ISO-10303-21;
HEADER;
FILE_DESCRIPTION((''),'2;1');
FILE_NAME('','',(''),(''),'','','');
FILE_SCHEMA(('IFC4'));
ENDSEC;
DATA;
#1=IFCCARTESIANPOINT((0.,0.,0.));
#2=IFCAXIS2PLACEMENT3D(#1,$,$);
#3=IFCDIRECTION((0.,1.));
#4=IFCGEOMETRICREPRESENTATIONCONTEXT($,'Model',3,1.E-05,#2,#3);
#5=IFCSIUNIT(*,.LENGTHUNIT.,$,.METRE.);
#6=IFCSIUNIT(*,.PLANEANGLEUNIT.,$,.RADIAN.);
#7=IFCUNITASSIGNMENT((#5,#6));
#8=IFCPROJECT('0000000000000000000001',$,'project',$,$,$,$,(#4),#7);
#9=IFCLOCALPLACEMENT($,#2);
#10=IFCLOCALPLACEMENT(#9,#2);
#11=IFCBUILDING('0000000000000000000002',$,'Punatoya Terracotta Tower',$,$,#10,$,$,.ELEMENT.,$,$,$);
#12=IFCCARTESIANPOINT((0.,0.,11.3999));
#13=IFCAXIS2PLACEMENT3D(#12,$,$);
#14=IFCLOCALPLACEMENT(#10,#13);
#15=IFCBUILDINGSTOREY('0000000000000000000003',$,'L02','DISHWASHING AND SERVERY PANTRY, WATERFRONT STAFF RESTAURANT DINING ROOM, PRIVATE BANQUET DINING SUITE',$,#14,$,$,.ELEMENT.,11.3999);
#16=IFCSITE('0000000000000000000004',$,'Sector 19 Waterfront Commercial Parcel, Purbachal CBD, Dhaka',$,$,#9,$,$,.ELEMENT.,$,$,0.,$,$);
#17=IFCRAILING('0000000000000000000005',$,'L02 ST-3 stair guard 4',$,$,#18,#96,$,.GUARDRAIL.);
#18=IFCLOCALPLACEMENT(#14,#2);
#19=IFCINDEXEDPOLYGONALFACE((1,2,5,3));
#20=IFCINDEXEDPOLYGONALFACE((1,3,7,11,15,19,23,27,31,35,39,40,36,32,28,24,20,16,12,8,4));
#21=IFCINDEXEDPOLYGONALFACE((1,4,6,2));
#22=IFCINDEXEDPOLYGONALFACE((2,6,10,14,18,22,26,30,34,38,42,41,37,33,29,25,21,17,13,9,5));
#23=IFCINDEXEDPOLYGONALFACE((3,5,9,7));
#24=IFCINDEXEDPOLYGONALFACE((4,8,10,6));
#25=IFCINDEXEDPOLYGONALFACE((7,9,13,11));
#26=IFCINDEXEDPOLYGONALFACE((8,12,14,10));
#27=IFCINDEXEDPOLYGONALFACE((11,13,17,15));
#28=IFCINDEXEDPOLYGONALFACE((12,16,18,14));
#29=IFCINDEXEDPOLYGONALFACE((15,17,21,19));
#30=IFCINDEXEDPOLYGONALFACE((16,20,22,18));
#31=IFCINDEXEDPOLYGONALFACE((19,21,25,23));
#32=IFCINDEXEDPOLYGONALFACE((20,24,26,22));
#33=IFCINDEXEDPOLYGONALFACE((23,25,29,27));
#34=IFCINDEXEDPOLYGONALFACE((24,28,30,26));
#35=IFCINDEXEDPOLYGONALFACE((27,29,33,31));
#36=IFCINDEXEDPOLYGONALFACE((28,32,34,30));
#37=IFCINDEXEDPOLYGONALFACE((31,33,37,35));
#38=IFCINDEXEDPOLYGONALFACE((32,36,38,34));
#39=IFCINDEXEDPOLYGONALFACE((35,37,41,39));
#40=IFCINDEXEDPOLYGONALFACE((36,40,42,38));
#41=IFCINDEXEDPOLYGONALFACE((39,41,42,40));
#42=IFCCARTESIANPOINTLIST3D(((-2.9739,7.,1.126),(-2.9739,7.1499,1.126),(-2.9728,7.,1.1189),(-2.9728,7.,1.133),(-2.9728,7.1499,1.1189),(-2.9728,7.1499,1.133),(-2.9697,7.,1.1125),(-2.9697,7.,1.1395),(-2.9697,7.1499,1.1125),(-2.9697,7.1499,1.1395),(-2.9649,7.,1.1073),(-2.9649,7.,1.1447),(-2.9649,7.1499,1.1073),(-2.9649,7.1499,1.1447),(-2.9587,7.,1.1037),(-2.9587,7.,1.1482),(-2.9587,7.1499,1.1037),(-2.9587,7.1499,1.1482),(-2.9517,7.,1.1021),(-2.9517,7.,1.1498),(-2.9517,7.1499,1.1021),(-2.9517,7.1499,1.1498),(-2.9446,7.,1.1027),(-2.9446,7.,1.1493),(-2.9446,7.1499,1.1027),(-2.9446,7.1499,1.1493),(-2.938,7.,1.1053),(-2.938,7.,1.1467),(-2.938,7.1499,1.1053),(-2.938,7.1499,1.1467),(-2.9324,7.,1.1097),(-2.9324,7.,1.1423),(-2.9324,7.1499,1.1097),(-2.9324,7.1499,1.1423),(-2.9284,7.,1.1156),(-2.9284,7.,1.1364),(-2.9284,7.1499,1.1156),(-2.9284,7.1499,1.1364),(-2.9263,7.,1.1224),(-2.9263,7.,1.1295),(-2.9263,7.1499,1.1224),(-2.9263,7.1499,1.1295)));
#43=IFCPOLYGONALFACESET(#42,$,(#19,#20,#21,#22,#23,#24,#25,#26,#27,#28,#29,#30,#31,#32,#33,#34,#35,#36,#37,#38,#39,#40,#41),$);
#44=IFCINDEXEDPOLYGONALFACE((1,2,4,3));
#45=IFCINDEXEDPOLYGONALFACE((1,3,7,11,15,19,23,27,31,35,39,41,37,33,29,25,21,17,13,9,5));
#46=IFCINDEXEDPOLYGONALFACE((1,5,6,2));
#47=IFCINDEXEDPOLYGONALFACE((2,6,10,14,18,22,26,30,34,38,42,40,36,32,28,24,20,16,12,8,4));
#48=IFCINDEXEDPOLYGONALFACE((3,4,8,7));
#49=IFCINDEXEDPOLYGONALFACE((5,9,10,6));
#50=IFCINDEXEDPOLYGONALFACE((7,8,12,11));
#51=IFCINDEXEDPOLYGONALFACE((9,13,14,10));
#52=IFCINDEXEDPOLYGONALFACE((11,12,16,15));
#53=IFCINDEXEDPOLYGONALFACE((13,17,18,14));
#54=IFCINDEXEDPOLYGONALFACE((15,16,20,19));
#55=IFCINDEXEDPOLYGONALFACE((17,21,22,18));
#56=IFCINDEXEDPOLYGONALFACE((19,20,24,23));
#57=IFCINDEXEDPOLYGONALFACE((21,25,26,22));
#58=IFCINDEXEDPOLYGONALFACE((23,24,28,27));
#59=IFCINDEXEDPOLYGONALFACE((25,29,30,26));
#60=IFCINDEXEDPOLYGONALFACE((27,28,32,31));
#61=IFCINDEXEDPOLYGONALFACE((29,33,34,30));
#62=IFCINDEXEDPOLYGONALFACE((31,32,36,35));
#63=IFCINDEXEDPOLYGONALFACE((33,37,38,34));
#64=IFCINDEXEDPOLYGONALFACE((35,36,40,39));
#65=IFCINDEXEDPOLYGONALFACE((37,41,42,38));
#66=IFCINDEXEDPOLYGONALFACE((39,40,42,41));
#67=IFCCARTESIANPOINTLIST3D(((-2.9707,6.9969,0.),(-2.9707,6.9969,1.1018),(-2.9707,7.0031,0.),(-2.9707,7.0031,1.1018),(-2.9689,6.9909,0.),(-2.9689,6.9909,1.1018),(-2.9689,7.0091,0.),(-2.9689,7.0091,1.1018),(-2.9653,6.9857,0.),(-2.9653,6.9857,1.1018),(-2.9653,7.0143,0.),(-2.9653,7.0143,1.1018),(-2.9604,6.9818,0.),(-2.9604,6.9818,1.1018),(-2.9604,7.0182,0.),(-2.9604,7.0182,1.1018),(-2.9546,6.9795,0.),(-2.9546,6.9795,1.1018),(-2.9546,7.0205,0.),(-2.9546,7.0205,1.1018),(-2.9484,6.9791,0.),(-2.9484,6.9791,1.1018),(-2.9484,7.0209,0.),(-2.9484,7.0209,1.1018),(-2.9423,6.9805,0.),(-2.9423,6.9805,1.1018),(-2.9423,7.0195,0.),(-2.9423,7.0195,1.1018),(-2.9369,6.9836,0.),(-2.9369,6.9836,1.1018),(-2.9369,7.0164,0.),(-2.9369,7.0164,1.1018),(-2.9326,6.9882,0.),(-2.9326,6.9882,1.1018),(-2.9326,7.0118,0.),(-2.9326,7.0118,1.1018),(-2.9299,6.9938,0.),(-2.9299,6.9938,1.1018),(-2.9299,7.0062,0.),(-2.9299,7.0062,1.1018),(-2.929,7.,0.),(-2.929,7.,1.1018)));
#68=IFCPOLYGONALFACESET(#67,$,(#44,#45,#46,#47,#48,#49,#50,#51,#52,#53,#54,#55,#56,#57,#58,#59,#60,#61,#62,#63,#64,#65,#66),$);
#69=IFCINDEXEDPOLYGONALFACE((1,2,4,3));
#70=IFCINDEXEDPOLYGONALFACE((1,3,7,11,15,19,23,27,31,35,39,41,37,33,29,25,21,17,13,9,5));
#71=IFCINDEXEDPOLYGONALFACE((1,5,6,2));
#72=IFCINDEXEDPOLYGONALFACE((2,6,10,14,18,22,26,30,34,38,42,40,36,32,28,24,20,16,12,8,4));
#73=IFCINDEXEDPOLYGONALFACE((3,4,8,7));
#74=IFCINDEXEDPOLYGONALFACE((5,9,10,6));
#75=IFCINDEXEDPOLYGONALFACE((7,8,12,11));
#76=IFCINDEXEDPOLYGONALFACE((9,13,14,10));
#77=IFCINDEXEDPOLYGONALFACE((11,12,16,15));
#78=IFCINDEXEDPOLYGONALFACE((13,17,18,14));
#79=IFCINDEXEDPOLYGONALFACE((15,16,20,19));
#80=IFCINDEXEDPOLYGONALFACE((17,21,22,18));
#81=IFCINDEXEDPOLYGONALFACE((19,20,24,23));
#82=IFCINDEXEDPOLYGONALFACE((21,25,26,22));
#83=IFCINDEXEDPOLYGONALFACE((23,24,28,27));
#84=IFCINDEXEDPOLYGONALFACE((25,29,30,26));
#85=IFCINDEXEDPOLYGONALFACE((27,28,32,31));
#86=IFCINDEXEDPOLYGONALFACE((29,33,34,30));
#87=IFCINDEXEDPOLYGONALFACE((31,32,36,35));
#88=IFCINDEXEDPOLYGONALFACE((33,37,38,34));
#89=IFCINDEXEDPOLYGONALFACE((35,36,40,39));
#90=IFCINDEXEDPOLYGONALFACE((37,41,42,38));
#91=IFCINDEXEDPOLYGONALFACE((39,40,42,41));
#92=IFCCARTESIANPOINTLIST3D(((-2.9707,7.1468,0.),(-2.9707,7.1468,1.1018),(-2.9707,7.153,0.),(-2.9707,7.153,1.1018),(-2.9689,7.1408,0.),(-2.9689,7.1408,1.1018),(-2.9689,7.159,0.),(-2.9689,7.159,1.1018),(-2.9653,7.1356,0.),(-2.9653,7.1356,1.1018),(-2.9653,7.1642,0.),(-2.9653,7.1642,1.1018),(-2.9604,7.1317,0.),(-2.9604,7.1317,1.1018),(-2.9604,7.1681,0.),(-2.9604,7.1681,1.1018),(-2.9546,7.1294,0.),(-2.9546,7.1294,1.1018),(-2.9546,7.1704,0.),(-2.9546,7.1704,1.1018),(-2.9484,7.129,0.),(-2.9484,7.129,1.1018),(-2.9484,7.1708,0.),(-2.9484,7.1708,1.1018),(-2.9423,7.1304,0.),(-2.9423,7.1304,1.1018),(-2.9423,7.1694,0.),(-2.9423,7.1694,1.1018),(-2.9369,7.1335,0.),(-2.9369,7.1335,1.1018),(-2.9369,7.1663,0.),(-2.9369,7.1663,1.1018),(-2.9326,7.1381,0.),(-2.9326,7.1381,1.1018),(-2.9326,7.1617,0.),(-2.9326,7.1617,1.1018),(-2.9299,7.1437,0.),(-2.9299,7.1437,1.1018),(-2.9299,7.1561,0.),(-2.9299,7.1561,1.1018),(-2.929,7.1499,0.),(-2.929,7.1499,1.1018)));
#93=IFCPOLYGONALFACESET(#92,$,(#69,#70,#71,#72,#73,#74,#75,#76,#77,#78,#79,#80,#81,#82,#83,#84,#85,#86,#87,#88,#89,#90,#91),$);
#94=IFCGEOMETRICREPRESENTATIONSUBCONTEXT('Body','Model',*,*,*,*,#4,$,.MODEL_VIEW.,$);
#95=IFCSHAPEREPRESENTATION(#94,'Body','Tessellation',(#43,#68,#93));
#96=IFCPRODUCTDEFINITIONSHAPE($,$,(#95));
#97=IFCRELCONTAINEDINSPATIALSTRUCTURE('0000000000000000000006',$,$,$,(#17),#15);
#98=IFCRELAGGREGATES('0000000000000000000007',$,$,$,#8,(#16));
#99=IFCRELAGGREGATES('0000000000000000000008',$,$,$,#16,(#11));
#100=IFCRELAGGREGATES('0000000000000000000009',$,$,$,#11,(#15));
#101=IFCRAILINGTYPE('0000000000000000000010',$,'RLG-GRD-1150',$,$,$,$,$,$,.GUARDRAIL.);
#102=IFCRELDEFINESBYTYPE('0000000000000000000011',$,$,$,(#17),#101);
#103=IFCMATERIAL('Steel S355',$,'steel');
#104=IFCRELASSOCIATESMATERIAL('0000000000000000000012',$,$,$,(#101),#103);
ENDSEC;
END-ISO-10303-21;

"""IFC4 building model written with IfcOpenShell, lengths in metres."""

from ifc_helpers import new_model, si_unit, direction, frame, origin, origin_2d, place, context, subcontext, project, spatial, circle, extrude, material, type_object, element, save


model = new_model("IFC4")

# Units and contexts
model_context = context("Model", 3, precision=1e-05, world=origin(), true_north=direction((0.0, 1.0)))
body_context = subcontext(model_context, "Body", "Model", "MODEL_VIEW")
ifc_project = project(units=[si_unit("LENGTHUNIT", "METRE"), si_unit("PLANEANGLEUNIT", "RADIAN")], contexts=[model_context])

# Site, building, storey
site_placement = place(None, origin())
site = spatial("IfcSite", under=ifc_project, at=site_placement, Name="Sector 19 Waterfront Commercial Parcel, Purbachal CBD, Dhaka", CompositionType="ELEMENT", RefElevation=0.0)
building_placement = place(site_placement, origin())
building = spatial("IfcBuilding", under=site, at=building_placement, Name="Punatoya Terracotta Tower", CompositionType="ELEMENT")
storey_placement = place(building_placement, frame((0.0, 0.0, 11.3999)))
storey = spatial("IfcBuildingStorey", under=building, at=storey_placement, Name="L02", Description="DISHWASHING AND SERVERY PANTRY, WATERFRONT STAFF RESTAURANT DINING ROOM, PRIVATE BANQUET DINING SUITE", CompositionType="ELEMENT", Elevation=11.3999)

# Shared definitions
ifc_material_1 = material(Name="Steel S355", Category="steel")

# Railing
railing_type_1 = type_object("IfcRailingType", Name="RLG-GRD-1150", PredefinedType="GUARDRAIL", material=ifc_material_1)
railing_1_placement = place(storey_placement, frame((-2.95, 7.0, 0.0)))
element("IfcRailing", 1, at=railing_1_placement, inside=storey, type_object=railing_type_1, Name="L02 ST-3 stair guard 4", PredefinedType="GUARDRAIL", context=body_context, shape_type="SweptSolid", body=[
    extrude(circle(Radius=0.0239, at=origin_2d()), frame((0.0, 0.0, 1.126), z_axis=(0.0, 1.0, 0.0), x_axis=(-1.0, 0.0, 0.0)), (0.0, 0.0, 1.0), 0.1499),
    extrude(circle(Radius=0.021, at=origin_2d()), origin(), (0.0, 0.0, 1.0), 1.1018),
    extrude(circle(Radius=0.021, at=origin_2d()), frame((0.0, 0.1499, 0.0)), (0.0, 0.0, 1.0), 1.1018),
])

save(model, "model.ifc")
